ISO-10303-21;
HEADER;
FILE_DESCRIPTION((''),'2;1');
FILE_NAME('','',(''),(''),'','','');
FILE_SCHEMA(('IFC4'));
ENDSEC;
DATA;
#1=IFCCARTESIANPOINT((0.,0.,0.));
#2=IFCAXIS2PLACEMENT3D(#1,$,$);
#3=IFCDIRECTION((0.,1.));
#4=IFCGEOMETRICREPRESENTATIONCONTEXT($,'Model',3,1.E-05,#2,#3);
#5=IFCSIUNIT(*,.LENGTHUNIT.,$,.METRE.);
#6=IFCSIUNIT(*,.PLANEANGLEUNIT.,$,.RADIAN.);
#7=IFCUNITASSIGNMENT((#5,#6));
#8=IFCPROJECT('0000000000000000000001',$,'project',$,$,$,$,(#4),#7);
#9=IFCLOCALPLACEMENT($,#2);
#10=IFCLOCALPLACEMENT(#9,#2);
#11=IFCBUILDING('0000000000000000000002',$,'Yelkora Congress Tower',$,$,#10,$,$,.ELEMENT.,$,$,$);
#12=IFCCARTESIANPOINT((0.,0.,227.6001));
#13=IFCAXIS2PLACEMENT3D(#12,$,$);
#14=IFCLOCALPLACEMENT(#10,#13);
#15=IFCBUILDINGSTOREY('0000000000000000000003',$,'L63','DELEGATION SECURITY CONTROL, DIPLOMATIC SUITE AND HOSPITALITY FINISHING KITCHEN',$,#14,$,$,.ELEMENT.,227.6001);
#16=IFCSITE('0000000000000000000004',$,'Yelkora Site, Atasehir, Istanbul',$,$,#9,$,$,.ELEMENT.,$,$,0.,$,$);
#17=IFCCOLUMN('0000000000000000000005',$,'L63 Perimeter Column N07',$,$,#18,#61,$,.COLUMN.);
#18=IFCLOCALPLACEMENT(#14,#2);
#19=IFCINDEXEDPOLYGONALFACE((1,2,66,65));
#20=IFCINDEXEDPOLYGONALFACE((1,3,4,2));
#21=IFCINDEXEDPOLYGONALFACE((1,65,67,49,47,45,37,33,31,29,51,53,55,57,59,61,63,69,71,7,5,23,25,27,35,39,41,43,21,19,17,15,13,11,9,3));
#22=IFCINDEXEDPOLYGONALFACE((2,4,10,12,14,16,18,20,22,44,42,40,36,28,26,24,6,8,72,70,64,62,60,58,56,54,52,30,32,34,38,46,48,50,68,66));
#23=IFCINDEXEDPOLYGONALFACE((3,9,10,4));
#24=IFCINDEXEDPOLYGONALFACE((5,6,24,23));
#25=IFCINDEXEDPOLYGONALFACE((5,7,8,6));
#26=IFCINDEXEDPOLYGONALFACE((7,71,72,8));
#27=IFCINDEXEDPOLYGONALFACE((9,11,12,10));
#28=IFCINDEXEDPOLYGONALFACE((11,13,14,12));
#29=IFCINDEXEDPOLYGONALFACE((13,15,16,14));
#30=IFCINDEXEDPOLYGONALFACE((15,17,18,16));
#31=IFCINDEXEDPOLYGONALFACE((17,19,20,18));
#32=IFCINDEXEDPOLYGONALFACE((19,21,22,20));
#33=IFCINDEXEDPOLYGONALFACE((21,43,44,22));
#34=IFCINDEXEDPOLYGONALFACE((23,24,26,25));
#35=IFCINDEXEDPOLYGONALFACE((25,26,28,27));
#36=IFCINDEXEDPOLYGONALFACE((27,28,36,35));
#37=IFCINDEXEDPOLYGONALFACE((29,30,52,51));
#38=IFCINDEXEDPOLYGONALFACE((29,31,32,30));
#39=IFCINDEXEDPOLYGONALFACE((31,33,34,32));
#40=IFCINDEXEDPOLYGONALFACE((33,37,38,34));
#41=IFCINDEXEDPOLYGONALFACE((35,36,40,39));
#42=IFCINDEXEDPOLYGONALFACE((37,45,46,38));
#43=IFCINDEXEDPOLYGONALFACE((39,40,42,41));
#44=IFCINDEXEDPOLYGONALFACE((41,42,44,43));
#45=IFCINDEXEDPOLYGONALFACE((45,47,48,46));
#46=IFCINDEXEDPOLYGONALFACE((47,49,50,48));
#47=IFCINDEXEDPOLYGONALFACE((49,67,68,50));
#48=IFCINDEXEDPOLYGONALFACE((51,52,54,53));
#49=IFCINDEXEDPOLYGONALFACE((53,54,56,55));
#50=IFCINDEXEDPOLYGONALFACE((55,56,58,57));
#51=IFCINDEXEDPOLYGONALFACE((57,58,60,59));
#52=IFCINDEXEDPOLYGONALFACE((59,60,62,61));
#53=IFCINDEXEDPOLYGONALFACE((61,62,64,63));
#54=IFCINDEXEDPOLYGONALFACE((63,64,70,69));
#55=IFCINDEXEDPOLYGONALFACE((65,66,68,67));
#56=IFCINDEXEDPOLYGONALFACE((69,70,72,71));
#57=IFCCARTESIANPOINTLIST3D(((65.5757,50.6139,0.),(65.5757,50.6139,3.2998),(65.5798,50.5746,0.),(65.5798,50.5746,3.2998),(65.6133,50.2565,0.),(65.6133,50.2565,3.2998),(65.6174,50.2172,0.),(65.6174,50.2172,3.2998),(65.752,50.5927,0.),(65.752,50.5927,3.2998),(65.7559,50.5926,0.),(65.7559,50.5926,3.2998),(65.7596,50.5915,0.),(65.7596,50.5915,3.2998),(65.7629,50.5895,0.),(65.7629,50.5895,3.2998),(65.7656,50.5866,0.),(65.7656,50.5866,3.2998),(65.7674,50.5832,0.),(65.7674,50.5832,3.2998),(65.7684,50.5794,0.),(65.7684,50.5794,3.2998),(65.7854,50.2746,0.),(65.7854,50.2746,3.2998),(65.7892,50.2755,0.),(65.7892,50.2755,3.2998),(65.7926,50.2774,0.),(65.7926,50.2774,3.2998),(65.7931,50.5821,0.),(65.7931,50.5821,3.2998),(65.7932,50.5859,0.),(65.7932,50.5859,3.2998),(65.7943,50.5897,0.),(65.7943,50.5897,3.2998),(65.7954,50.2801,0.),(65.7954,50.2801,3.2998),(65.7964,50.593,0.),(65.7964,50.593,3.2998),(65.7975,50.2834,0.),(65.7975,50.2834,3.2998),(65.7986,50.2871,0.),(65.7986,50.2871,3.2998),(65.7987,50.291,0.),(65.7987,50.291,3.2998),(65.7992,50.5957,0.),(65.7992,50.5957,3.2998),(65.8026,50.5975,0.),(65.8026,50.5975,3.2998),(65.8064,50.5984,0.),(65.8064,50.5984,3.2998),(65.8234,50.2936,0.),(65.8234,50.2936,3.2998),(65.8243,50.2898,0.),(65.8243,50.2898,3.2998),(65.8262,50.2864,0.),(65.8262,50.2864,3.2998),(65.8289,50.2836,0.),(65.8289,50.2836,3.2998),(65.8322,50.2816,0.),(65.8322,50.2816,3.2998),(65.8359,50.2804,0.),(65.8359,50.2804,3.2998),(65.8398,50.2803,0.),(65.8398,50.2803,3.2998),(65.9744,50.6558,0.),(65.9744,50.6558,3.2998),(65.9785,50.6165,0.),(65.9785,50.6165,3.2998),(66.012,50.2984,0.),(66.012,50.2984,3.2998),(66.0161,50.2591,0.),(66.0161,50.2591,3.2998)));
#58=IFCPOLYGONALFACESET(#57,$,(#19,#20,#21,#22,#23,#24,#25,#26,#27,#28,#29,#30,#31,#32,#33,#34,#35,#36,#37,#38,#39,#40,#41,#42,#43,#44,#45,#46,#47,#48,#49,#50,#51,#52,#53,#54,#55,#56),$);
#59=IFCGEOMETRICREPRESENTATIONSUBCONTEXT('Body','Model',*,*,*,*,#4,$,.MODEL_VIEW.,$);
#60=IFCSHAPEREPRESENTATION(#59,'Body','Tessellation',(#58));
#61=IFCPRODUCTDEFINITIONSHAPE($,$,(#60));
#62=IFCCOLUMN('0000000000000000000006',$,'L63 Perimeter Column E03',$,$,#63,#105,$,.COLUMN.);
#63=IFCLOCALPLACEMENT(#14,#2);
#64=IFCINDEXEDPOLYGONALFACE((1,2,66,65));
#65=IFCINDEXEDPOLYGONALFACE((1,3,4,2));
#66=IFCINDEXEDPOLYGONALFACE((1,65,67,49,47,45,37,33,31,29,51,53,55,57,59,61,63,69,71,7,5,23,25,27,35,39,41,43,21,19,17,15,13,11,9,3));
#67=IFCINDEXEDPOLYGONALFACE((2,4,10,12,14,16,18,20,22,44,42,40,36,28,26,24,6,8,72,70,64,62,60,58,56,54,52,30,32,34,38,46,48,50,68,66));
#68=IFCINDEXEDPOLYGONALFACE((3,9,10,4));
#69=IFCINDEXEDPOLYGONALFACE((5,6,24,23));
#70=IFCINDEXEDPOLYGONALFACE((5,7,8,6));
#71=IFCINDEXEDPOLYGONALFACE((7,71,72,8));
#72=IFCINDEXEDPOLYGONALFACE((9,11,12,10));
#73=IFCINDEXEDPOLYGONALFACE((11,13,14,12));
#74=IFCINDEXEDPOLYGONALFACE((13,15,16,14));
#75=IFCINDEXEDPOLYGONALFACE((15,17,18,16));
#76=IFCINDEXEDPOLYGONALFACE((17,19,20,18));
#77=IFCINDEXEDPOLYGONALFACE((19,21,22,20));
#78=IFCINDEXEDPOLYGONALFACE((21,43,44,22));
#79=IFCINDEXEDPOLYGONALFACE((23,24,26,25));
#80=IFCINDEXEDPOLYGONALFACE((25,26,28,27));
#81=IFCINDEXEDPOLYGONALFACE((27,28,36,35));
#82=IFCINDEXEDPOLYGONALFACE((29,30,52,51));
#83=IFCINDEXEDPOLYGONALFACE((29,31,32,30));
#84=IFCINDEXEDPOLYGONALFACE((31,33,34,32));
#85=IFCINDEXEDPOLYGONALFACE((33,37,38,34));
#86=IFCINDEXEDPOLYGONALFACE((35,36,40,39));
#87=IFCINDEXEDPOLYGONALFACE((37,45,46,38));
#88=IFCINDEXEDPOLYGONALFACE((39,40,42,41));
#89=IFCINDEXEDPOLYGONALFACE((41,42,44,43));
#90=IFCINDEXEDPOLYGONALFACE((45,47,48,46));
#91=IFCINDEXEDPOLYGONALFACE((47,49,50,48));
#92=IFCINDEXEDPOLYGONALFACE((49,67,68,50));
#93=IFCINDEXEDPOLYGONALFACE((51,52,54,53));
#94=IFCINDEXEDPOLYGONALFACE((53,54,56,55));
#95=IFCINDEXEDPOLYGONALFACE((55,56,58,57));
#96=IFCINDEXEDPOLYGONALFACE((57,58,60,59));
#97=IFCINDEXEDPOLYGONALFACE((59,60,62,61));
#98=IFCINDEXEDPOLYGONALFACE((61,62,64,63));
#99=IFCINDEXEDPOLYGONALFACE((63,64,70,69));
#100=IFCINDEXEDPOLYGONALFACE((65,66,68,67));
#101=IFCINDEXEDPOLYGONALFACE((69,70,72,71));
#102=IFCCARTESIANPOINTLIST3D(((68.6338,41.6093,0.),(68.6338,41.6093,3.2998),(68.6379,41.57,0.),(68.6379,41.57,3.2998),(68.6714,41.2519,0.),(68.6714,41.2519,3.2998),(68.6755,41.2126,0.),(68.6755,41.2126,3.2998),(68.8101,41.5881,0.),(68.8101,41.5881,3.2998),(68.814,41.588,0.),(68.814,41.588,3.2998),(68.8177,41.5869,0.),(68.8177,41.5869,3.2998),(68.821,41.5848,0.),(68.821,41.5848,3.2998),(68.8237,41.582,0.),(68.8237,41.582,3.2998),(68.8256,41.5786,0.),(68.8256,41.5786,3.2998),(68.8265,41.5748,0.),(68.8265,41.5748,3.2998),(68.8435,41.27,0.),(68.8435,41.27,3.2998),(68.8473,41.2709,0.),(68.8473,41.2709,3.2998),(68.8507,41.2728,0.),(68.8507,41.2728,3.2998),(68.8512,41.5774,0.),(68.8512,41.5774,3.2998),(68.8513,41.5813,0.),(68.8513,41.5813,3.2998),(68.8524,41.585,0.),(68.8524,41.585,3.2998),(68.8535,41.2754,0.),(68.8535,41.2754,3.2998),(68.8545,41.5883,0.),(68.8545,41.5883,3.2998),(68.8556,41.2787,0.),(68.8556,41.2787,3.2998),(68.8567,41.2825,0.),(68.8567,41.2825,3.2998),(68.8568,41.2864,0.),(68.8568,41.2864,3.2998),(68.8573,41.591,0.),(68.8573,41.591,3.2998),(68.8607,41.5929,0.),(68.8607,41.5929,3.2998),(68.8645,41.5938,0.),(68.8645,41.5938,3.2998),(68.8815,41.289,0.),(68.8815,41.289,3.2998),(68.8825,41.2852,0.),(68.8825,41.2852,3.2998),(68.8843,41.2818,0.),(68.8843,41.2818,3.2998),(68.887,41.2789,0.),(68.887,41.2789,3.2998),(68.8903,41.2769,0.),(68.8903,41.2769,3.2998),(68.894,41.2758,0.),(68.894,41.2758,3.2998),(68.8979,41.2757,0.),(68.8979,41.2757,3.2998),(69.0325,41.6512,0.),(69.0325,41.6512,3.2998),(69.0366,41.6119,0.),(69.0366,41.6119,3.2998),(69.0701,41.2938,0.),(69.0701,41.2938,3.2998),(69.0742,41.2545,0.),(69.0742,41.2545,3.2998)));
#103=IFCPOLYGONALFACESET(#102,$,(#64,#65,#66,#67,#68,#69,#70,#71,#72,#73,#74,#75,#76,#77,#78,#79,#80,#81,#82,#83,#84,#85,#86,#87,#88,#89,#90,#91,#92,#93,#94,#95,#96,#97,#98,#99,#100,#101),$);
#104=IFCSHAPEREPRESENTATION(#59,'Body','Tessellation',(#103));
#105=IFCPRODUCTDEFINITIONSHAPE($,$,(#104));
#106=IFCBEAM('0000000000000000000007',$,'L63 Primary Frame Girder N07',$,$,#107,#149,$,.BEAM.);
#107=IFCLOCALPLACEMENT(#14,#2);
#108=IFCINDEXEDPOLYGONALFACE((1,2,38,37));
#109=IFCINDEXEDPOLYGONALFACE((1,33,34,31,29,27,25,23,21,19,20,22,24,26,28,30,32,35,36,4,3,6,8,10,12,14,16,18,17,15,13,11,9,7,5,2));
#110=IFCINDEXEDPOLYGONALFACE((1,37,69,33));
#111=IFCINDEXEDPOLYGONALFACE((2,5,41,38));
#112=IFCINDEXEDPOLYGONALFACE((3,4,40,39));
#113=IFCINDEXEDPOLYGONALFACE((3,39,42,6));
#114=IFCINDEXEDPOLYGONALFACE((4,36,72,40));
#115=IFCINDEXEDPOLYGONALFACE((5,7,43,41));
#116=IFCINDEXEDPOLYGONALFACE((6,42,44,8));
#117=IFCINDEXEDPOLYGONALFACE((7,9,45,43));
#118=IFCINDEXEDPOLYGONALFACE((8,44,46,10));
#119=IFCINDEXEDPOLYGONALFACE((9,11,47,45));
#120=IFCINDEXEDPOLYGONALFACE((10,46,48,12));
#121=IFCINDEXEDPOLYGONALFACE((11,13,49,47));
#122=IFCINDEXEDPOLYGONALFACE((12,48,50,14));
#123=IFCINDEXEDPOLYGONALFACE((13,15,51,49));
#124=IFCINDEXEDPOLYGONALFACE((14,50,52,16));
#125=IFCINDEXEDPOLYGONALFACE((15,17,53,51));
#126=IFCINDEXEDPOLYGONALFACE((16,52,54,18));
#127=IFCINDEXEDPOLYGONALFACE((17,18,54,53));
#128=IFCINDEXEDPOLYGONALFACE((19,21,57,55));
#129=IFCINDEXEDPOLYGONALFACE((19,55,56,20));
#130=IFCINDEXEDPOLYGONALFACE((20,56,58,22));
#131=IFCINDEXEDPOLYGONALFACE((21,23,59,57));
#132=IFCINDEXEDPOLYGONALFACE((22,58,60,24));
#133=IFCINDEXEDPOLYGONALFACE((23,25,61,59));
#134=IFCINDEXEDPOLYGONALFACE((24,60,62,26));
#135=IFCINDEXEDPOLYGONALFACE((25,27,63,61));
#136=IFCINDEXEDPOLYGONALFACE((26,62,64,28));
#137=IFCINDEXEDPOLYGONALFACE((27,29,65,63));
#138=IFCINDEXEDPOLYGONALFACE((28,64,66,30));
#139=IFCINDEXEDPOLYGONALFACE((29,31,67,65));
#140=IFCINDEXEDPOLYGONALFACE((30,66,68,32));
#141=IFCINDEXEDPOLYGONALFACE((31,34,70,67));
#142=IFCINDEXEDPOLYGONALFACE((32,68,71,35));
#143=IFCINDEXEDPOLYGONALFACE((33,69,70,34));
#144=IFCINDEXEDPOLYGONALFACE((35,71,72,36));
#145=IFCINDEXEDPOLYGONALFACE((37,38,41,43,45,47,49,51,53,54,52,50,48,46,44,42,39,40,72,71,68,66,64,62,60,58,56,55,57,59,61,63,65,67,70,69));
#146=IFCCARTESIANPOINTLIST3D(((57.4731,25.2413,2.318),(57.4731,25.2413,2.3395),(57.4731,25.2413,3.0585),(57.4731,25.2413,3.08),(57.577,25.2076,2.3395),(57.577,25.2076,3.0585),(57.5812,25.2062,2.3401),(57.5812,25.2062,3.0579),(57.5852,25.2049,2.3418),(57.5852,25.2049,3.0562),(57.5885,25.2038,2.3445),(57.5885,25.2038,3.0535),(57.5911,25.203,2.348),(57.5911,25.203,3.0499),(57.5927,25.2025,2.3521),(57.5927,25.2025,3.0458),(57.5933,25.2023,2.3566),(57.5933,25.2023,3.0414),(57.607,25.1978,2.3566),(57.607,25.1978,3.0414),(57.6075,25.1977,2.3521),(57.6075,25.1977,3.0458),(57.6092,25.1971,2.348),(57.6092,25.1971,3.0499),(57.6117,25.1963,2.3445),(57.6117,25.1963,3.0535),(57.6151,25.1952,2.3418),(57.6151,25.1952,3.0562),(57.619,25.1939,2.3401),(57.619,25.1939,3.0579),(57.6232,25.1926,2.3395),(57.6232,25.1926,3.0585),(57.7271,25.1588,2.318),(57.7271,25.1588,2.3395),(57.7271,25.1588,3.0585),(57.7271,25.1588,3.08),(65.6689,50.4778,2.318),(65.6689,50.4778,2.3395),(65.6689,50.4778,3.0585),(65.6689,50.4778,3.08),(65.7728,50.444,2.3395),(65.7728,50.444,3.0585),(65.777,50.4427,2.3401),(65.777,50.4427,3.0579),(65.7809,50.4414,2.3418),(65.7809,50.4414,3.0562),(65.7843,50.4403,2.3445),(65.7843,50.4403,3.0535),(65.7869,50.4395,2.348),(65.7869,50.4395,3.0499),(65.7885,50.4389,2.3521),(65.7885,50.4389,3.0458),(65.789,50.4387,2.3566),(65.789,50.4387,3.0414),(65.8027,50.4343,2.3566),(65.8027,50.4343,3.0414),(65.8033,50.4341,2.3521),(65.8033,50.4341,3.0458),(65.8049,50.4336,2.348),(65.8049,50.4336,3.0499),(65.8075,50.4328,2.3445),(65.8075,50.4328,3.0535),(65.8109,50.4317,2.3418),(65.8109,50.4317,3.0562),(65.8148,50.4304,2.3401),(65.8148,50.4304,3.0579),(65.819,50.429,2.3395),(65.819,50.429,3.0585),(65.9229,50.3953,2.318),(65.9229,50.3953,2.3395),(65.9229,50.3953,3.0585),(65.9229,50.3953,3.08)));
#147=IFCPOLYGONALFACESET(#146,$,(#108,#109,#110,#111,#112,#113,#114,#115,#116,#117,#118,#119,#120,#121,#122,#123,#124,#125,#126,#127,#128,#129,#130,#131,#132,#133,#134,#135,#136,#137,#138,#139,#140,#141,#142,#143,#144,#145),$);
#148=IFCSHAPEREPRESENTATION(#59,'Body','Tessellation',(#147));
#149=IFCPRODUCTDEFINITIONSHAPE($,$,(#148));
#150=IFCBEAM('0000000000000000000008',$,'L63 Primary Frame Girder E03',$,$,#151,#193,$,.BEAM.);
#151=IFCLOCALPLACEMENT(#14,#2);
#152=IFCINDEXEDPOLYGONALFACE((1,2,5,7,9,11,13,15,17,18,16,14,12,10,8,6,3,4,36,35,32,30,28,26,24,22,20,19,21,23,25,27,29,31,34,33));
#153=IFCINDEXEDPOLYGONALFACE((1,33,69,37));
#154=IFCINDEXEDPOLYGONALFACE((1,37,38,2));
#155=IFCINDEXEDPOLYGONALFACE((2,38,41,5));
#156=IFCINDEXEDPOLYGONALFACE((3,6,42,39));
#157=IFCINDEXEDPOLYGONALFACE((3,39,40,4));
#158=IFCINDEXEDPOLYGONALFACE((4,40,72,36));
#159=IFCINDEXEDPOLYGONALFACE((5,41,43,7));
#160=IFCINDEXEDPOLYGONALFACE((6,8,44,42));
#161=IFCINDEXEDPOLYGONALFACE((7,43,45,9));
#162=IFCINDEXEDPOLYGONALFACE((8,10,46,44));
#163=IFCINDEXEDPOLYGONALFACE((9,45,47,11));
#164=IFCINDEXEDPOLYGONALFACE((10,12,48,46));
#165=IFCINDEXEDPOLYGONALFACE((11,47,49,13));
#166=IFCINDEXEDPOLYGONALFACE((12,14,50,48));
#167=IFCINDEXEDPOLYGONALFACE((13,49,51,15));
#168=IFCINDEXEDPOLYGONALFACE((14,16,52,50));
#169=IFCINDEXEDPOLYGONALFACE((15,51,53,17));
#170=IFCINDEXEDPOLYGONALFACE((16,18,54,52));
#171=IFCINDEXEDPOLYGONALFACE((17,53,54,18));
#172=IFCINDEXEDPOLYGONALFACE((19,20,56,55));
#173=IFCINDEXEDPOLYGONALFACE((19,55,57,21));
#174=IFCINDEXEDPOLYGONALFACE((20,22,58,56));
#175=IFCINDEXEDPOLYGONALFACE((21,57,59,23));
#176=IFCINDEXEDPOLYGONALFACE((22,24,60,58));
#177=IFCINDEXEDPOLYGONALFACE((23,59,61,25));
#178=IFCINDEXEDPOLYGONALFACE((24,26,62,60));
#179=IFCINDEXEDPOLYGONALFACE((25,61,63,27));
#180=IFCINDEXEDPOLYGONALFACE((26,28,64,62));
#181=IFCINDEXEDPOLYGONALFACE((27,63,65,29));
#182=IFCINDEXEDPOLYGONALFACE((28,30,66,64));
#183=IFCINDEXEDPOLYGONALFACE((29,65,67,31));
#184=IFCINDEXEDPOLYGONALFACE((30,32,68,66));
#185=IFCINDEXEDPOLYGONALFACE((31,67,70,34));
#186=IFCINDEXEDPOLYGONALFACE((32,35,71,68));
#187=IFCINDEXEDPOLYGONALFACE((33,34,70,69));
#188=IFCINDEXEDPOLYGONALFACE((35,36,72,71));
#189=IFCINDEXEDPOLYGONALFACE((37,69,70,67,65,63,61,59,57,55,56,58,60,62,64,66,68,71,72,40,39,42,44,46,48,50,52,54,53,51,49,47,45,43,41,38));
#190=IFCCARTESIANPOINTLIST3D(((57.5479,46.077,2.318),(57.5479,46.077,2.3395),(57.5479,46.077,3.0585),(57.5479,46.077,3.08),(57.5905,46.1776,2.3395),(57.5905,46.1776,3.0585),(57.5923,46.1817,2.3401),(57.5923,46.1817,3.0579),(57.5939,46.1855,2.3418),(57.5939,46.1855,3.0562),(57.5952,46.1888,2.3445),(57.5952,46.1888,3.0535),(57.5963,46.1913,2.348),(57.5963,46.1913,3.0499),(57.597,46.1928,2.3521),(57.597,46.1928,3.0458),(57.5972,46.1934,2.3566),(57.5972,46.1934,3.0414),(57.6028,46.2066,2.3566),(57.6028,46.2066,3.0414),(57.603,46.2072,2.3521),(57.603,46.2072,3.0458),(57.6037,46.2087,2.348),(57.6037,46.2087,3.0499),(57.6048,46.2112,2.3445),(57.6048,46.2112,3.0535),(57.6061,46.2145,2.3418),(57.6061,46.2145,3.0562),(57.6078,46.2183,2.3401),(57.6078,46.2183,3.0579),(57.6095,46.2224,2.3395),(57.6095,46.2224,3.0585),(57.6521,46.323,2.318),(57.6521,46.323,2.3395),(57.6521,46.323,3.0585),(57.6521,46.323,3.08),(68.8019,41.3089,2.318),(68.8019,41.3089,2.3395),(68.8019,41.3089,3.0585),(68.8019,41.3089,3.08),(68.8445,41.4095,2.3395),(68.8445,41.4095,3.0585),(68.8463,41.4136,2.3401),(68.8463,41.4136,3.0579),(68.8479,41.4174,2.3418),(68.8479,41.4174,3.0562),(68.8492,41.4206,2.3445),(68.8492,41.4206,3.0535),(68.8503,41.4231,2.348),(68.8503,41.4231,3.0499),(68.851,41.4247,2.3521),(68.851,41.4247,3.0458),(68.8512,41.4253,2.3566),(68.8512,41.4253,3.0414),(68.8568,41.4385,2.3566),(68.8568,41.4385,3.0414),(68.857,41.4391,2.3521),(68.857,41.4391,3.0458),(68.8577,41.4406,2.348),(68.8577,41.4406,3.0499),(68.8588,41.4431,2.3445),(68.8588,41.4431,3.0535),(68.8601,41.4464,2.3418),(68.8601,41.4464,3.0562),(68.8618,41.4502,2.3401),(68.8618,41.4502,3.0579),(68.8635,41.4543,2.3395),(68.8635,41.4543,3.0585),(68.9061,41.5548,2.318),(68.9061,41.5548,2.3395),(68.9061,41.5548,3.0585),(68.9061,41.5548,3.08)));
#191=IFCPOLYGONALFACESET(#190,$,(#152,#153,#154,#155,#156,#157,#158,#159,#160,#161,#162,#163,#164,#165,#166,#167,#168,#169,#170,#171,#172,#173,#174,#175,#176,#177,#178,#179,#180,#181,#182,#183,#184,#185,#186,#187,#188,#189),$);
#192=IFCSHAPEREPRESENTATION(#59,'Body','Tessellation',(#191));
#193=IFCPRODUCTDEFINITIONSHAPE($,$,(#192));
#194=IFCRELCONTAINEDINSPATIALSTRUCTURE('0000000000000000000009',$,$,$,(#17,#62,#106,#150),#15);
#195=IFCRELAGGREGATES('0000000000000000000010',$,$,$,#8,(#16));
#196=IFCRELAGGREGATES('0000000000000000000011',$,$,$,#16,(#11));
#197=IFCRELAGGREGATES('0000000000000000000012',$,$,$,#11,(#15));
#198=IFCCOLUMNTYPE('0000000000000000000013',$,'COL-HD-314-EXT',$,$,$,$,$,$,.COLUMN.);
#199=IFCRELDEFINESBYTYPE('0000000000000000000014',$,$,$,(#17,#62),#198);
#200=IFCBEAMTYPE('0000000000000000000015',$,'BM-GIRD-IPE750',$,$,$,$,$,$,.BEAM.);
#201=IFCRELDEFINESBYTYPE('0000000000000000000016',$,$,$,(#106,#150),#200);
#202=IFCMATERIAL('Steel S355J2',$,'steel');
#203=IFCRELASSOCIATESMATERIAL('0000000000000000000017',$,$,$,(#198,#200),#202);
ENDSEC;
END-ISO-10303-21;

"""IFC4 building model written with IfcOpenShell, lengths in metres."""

from ifc_helpers import new_model, si_unit, direction, frame, origin, origin_2d, place, context, subcontext, project, spatial, i_section, extrude, material, material_profile, profile_set, type_object, element, save


model = new_model("IFC4")

# Units and contexts
model_context = context("Model", 3, precision=1e-05, world=origin(), true_north=direction((0.0, 1.0)))
body_context = subcontext(model_context, "Body", "Model", "MODEL_VIEW")
ifc_project = project(units=[si_unit("LENGTHUNIT", "METRE"), si_unit("PLANEANGLEUNIT", "RADIAN")], contexts=[model_context])

# Site, building, storey
site_placement = place(None, origin())
site = spatial("IfcSite", under=ifc_project, at=site_placement, Name="Yelkora Site, Atasehir, Istanbul", CompositionType="ELEMENT", RefElevation=0.0)
building_placement = place(site_placement, origin())
building = spatial("IfcBuilding", under=site, at=building_placement, Name="Yelkora Congress Tower", CompositionType="ELEMENT")
storey_placement = place(building_placement, frame((0.0, 0.0, 227.6001)))
storey = spatial("IfcBuildingStorey", under=building, at=storey_placement, Name="L63", Description="DELEGATION SECURITY CONTROL, DIPLOMATIC SUITE AND HOSPITALITY FINISHING KITCHEN", CompositionType="ELEMENT", Elevation=227.6001)

# Columns
ifc_material_1 = material(Name="Steel S355J2", Category="steel")
ifc_material_profile_1 = material_profile(ifc_material_1, i_section(OverallWidth=0.4009, OverallDepth=0.3989, WebThickness=0.0249, FlangeThickness=0.0396, FilletRadius=0.0149, at=origin_2d()), Name="HD 400x314")
ifc_profile_set_1 = profile_set([ifc_material_profile_1], Name="Steel S355J2")
column_type = type_object("IfcColumnType", Name="COL-HD-314-EXT", PredefinedType="COLUMN", material=ifc_profile_set_1)
for number, where, z_axis, x_axis, name in (
    (1, (65.7959, 50.4365, 0.0), (0.0, 0.0, 1.0), (0.994522, 0.104528, 0.0), "L63 Perimeter Column N07"),
    (2, (68.854, 41.4319, 0.0), (0.0, 0.0, 1.0), (0.994522, 0.104528, 0.0), "L63 Perimeter Column E03"),
):
    element("IfcColumn", number, at=place(storey_placement, frame(where, z_axis=z_axis, x_axis=x_axis)), inside=storey, type_object=column_type, Name=name, PredefinedType="COLUMN", context=body_context, shape_type="SweptSolid", body=[
        extrude(i_section(OverallWidth=0.4009, OverallDepth=0.3989, WebThickness=0.0249, FlangeThickness=0.0396, FilletRadius=0.0149, at=origin_2d()), origin(), (0.0, 0.0, 1.0), 3.2998),
    ])

# Beams
ifc_material_profile_2 = material_profile(ifc_material_1, i_section(OverallWidth=0.2671, OverallDepth=0.762, WebThickness=0.0144, FlangeThickness=0.0215, FilletRadius=0.0171, at=origin_2d()), Name="IPE 750x173")
ifc_profile_set_2 = profile_set([ifc_material_profile_2], Name="Steel S355J2")
beam_type_1 = type_object("IfcBeamType", Name="BM-GIRD-IPE750", PredefinedType="BEAM", material=ifc_profile_set_2)
beam_1_placement = place(storey_placement, frame((65.7959, 50.4365, 2.699), z_axis=(-0.308879, -0.951101, 0.0), x_axis=(0.951101, -0.308879, 0.0)))
element("IfcBeam", 3, at=beam_1_placement, inside=storey, type_object=beam_type_1, Name="L63 Primary Frame Girder N07", PredefinedType="BEAM", context=body_context, shape_type="SweptSolid", body=[
    extrude(i_section(OverallWidth=0.2671, OverallDepth=0.762, WebThickness=0.0144, FlangeThickness=0.0215, FilletRadius=0.0171, at=origin_2d()), origin(), (0.0, 0.0, 1.0), 26.5339),
])
beam_2_placement = place(storey_placement, frame((68.854, 41.4319, 2.699), z_axis=(-0.920768, 0.390112, 0.0), x_axis=(-0.390112, -0.920768, 0.0)))
element("IfcBeam", 4, at=beam_2_placement, inside=storey, type_object=beam_type_1, Name="L63 Primary Frame Girder E03", PredefinedType="BEAM", context=body_context, shape_type="SweptSolid", body=[
    extrude(i_section(OverallWidth=0.2671, OverallDepth=0.762, WebThickness=0.0144, FlangeThickness=0.0215, FilletRadius=0.0171, at=origin_2d()), origin(), (0.0, 0.0, 1.0), 12.2224),
])

save(model, "model.ifc")
